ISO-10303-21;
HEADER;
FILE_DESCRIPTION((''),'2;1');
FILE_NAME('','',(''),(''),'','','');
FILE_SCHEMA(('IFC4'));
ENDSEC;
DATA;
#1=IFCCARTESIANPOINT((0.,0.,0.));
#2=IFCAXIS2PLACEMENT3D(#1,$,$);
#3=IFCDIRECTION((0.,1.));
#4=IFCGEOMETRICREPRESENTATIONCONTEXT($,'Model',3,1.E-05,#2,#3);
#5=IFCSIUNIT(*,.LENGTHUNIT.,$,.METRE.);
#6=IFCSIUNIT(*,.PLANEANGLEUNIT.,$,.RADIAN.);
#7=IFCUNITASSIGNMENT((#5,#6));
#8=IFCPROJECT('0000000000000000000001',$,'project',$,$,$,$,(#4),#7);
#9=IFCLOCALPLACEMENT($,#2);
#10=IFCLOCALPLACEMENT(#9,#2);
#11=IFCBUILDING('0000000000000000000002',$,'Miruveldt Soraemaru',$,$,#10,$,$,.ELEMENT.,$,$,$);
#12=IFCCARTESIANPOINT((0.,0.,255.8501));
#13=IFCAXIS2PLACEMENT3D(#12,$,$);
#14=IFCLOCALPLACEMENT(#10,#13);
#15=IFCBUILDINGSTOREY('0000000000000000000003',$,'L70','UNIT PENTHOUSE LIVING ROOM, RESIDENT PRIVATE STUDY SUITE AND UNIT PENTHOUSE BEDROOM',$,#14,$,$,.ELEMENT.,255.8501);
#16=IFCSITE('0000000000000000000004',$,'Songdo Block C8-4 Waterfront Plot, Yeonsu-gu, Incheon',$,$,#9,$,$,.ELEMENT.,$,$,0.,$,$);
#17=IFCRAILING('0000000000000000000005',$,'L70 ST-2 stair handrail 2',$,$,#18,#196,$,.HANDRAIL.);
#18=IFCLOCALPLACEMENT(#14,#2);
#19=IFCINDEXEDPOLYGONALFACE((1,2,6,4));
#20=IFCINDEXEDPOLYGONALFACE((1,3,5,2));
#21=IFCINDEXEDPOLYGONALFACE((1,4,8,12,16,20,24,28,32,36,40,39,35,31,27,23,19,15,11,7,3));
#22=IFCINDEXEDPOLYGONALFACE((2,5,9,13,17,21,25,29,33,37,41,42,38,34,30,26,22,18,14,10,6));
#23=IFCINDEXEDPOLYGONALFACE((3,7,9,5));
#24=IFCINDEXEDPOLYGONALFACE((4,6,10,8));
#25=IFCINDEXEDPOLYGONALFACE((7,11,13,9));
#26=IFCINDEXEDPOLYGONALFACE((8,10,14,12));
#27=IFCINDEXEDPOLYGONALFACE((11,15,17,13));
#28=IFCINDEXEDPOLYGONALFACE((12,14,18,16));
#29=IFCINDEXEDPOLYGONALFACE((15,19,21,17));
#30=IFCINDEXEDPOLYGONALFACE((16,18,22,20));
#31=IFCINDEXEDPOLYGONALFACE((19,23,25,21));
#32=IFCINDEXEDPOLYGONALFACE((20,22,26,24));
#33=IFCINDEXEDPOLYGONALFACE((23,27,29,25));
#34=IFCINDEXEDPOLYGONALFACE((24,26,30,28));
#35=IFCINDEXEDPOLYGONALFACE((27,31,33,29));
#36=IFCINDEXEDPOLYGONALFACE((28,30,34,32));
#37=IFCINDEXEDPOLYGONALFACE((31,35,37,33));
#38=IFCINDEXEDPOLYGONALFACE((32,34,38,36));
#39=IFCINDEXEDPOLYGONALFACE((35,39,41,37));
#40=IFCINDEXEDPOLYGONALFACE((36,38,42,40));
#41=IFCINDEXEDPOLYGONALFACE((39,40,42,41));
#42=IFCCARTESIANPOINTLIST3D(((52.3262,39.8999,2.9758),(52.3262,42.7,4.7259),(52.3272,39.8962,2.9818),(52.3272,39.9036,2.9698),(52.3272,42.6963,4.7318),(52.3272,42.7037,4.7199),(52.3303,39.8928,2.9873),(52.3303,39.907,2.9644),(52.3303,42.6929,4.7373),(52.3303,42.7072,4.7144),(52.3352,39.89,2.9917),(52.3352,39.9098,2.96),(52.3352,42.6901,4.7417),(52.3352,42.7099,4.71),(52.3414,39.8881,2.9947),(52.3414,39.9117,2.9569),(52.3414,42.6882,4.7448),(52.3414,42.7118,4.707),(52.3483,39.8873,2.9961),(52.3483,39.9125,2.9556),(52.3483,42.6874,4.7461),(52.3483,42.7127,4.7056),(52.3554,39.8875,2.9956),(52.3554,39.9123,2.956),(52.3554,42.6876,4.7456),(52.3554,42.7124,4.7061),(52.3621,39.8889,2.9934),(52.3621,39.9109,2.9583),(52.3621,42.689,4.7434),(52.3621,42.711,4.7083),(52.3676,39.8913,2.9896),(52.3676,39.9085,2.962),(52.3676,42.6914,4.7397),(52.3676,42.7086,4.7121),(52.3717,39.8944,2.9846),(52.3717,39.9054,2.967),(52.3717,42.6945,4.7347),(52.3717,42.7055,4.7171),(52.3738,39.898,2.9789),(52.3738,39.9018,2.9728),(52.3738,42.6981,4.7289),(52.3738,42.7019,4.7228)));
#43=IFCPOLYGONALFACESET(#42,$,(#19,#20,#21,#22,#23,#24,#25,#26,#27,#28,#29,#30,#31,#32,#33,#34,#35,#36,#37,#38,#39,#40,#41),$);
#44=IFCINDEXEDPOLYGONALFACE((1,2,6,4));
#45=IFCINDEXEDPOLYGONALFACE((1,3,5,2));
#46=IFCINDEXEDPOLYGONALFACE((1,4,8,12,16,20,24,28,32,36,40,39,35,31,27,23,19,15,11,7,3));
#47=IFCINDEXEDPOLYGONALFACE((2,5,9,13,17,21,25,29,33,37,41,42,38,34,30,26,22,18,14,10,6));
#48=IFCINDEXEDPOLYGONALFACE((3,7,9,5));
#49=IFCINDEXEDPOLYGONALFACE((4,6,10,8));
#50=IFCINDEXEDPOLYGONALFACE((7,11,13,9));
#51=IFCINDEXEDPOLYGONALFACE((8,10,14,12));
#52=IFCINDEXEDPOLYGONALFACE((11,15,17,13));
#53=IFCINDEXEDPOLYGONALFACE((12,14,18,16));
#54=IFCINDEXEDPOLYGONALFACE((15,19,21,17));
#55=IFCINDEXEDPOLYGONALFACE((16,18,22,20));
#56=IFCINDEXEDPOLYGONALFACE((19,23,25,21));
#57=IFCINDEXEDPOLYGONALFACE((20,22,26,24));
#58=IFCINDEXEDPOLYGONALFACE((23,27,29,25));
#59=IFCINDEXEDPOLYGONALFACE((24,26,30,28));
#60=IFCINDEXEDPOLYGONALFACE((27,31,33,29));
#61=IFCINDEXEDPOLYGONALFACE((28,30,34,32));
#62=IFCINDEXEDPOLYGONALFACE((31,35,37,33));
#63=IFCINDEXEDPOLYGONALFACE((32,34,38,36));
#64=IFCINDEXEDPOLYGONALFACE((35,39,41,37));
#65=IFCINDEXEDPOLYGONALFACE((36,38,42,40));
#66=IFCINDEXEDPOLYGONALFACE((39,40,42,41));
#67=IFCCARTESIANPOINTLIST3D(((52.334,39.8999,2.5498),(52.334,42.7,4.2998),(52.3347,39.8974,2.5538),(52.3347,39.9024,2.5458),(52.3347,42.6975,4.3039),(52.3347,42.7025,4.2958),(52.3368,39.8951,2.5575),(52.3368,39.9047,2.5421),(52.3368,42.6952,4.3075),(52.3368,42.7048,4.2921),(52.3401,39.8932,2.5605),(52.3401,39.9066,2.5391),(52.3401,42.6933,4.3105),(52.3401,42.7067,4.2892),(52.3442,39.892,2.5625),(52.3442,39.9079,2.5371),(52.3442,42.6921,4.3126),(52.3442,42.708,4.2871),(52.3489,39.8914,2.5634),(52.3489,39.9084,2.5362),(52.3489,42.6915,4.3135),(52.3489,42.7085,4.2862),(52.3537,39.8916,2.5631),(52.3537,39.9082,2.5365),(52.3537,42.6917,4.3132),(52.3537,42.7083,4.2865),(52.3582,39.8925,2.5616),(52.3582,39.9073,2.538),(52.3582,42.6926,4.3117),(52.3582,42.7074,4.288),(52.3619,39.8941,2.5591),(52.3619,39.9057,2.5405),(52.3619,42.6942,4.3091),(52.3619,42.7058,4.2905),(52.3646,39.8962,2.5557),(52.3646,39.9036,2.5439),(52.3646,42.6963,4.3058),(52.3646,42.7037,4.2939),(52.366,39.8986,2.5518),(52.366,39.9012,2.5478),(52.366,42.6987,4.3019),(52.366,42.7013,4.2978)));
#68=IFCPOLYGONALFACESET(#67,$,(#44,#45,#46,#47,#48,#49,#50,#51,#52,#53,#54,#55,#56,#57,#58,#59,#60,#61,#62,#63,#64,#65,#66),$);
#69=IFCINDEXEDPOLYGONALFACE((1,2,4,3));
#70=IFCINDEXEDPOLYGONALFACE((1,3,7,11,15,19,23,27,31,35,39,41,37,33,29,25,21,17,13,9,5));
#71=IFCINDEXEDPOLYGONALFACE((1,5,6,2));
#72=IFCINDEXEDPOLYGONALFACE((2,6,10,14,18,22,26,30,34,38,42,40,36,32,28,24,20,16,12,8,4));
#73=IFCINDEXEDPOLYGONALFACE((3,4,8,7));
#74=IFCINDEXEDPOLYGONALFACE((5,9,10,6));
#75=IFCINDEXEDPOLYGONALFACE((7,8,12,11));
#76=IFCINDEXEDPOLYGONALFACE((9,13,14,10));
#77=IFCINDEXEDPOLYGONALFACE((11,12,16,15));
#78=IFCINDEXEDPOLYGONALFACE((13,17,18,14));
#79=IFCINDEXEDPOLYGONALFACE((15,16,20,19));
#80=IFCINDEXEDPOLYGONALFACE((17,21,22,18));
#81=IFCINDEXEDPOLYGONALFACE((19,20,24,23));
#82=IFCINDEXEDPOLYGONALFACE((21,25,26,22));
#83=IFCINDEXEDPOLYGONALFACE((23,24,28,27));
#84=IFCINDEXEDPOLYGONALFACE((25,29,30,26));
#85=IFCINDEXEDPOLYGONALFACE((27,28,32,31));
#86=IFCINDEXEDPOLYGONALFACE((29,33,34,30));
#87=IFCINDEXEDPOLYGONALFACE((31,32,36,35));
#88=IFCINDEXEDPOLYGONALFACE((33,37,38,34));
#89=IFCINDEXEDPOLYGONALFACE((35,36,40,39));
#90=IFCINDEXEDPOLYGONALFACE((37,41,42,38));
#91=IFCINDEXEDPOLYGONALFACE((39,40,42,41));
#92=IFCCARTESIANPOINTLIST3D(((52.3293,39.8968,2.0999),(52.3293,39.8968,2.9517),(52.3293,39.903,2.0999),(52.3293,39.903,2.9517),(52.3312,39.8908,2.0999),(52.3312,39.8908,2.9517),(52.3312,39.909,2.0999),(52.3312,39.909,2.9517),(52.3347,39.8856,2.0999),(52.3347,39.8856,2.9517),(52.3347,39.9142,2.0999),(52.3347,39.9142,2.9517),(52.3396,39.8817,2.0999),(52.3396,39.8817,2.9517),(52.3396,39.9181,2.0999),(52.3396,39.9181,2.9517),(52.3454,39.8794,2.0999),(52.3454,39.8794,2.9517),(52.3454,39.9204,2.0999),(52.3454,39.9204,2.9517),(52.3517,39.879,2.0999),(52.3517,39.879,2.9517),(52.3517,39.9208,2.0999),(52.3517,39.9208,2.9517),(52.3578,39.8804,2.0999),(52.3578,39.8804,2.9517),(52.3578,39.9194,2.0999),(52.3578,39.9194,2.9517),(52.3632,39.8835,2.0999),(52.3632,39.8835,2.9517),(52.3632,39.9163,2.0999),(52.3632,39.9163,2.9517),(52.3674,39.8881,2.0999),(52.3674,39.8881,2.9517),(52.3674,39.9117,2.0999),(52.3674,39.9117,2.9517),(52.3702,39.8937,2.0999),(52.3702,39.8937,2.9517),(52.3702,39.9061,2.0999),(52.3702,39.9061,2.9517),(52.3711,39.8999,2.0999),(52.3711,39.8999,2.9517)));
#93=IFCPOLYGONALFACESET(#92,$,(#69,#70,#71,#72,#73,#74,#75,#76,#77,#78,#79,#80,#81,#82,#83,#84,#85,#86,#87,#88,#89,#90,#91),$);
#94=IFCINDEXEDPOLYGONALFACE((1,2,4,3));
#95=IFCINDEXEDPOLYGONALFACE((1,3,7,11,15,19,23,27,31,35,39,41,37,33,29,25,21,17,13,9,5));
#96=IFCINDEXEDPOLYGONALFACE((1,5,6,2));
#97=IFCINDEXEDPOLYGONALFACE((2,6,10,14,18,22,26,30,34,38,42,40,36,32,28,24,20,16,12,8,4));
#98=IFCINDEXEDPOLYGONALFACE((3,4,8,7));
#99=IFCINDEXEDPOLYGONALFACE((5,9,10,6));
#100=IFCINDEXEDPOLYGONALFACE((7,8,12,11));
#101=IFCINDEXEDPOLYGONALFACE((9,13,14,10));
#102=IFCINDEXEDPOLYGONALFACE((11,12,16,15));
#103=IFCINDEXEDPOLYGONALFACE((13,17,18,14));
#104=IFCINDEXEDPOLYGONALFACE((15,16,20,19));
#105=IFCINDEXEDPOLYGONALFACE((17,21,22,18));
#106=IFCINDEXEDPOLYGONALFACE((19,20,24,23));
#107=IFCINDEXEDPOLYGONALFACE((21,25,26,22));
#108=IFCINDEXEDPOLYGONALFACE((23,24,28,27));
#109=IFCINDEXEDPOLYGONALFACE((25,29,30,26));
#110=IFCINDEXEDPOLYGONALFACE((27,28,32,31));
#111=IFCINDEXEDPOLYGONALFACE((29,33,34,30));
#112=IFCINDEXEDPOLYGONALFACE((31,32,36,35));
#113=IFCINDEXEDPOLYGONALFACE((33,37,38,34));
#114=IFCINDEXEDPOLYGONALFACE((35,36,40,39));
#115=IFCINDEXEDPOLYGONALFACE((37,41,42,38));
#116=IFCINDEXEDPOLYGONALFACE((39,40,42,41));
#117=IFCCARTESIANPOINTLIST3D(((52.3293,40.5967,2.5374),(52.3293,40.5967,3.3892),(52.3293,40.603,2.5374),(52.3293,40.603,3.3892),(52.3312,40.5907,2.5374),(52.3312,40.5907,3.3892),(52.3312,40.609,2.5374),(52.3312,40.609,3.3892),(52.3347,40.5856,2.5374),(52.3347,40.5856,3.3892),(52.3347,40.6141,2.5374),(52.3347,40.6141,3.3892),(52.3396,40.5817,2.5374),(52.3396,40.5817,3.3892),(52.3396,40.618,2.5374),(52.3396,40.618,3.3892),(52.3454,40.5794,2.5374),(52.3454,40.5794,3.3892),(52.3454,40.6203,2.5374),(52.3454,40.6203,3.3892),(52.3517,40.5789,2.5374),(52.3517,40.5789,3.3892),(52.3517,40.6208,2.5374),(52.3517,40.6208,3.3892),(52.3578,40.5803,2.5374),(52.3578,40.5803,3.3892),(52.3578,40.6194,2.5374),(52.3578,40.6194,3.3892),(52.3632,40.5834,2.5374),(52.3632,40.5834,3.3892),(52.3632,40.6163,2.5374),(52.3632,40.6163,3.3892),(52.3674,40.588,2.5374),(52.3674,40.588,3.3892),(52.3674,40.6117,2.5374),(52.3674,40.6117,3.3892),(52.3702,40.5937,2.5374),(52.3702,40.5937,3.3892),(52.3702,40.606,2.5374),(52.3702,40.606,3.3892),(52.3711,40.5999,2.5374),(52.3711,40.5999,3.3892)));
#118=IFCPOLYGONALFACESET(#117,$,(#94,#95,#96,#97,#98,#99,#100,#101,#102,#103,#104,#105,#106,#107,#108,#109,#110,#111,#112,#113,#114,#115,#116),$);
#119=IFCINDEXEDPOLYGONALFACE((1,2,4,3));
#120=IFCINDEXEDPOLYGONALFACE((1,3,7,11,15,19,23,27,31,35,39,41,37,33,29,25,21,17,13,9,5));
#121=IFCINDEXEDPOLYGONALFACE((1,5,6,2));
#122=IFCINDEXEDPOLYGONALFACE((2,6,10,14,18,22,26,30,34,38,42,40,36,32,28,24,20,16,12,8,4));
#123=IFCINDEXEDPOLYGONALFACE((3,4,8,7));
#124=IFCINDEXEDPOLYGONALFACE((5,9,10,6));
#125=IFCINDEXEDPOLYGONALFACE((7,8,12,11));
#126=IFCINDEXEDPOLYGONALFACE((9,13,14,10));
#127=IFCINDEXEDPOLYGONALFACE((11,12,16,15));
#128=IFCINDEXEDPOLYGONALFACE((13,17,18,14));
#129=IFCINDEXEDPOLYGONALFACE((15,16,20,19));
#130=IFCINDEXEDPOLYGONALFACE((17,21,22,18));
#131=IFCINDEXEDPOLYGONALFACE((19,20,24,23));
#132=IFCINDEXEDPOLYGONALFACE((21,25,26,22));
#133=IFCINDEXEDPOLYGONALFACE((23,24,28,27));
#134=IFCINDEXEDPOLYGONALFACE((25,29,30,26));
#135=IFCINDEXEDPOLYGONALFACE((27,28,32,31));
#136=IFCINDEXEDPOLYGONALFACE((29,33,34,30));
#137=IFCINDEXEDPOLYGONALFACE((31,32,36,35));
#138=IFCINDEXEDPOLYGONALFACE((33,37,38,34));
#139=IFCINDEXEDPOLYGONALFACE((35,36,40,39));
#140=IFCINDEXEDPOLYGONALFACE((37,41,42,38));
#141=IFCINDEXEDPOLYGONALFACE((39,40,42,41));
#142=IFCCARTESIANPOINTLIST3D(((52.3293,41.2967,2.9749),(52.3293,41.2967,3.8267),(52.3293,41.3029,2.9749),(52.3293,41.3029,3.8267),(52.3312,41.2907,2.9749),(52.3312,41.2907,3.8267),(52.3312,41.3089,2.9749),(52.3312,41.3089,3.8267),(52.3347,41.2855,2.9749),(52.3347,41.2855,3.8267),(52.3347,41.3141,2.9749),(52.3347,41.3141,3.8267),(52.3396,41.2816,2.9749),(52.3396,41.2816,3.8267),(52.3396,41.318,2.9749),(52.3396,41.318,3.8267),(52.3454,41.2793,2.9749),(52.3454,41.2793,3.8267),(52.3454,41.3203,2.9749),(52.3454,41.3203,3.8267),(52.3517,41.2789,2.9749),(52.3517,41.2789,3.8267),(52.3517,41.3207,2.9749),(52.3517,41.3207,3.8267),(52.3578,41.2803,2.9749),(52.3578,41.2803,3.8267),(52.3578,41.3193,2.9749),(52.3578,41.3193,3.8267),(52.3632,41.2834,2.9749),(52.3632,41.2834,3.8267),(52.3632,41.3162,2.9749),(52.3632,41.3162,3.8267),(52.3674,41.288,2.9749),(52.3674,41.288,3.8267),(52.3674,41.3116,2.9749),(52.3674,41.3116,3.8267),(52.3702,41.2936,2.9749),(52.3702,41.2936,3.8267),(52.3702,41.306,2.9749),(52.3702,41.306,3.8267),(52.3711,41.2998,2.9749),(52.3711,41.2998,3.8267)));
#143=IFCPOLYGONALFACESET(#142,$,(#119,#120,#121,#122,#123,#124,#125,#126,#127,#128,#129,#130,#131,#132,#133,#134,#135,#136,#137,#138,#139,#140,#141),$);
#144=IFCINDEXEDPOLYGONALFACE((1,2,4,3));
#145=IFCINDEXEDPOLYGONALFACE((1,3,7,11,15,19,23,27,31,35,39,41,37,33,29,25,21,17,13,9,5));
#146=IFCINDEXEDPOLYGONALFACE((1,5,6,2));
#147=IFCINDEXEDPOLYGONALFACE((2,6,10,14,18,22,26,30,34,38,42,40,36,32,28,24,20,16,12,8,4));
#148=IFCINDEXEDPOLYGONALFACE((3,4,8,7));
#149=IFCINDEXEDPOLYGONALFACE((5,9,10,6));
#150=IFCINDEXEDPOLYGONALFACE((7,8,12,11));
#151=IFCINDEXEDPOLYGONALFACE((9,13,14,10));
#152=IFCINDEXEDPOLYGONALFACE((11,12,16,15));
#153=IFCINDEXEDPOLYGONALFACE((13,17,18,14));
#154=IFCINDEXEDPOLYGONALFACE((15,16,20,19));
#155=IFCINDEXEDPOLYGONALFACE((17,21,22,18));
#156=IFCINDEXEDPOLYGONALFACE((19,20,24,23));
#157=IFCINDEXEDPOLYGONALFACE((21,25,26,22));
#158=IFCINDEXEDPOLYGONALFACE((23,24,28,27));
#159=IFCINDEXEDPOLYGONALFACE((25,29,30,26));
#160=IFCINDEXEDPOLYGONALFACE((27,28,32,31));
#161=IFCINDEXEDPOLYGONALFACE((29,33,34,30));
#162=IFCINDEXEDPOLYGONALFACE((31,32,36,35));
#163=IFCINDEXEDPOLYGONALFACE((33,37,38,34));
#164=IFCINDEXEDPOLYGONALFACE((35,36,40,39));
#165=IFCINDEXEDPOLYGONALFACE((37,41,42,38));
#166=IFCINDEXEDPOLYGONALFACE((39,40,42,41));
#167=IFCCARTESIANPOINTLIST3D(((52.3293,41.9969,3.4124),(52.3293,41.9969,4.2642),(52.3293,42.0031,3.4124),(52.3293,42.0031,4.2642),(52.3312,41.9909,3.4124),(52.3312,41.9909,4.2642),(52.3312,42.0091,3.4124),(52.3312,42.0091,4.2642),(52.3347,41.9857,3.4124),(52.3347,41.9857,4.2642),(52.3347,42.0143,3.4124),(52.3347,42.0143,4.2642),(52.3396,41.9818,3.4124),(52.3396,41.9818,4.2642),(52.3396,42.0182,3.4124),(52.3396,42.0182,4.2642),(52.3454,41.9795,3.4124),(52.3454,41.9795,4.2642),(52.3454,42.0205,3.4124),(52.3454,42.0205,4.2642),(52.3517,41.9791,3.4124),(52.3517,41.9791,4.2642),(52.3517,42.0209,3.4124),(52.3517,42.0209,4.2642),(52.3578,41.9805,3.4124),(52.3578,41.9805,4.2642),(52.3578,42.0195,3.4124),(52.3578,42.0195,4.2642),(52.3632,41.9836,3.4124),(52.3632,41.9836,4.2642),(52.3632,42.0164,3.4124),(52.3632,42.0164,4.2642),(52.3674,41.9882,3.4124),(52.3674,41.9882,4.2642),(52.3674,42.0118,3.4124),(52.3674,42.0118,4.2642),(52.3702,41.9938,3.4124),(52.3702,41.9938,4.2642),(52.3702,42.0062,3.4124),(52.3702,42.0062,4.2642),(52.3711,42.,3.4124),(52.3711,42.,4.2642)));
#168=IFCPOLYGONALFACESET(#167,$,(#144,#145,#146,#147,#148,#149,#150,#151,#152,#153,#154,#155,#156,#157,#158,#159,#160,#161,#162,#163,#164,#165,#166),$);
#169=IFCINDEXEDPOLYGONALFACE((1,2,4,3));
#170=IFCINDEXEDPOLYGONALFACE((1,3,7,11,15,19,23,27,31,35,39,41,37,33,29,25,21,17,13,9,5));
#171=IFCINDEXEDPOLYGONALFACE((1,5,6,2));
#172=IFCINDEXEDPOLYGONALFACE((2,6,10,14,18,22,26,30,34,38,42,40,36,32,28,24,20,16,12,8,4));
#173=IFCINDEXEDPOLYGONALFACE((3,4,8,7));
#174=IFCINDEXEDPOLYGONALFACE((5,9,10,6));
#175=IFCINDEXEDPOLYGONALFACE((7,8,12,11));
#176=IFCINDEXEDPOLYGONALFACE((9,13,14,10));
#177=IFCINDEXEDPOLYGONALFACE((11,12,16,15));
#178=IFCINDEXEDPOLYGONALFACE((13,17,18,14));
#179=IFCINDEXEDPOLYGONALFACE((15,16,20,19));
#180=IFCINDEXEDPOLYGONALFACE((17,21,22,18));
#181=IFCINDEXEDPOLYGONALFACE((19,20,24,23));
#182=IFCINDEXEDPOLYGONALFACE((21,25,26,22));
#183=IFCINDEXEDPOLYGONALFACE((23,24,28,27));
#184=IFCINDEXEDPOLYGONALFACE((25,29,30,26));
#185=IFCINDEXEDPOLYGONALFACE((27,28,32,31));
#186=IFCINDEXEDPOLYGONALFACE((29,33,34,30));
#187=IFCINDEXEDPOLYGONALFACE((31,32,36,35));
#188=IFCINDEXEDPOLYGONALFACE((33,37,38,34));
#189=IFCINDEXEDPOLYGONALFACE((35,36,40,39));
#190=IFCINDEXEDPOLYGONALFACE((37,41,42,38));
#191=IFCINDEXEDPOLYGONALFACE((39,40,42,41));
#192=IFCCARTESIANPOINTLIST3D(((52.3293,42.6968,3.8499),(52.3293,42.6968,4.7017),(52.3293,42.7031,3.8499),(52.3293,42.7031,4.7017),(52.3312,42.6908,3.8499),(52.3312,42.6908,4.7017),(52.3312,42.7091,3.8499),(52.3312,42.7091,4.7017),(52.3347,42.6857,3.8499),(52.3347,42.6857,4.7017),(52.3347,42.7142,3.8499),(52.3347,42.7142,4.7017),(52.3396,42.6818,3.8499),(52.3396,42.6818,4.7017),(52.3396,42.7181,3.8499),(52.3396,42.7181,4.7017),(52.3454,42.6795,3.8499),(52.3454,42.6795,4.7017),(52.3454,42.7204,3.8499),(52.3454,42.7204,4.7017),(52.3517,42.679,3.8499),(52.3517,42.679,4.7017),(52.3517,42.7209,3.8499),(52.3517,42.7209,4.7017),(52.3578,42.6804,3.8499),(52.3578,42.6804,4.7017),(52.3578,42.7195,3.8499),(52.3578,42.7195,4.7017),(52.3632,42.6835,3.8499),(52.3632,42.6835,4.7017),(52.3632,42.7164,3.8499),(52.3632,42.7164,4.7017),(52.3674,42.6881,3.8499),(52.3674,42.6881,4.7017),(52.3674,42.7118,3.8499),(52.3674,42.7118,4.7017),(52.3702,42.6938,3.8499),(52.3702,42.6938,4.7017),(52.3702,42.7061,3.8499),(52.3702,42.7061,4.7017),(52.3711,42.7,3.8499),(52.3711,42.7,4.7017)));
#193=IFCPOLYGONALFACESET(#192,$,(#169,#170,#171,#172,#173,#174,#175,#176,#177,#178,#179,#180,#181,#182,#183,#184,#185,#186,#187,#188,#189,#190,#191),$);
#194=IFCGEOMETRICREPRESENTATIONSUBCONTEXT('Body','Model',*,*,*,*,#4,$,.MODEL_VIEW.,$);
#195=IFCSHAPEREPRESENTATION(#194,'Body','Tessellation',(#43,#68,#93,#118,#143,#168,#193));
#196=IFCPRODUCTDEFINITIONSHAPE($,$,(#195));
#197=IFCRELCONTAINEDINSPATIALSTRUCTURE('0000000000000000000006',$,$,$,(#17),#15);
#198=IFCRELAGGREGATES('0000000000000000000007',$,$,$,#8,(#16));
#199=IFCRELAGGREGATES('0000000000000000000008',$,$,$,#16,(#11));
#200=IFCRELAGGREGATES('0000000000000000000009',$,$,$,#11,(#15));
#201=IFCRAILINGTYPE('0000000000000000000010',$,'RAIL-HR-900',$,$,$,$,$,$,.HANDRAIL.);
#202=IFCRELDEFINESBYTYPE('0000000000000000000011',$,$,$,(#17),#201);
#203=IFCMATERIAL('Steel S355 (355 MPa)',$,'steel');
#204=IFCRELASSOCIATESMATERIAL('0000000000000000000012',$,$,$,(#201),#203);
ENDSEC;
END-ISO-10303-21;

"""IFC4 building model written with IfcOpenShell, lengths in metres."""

from ifc_helpers import new_model, si_unit, direction, frame, origin, origin_2d, place, context, subcontext, project, spatial, circle, extrude, material, type_object, element, save


model = new_model("IFC4")

# Units and contexts
model_context = context("Model", 3, precision=1e-05, world=origin(), true_north=direction((0.0, 1.0)))
body_context = subcontext(model_context, "Body", "Model", "MODEL_VIEW")
ifc_project = project(units=[si_unit("LENGTHUNIT", "METRE"), si_unit("PLANEANGLEUNIT", "RADIAN")], contexts=[model_context])

# Site, building, storey
site_placement = place(None, origin())
site = spatial("IfcSite", under=ifc_project, at=site_placement, Name="Songdo Block C8-4 Waterfront Plot, Yeonsu-gu, Incheon", CompositionType="ELEMENT", RefElevation=0.0)
building_placement = place(site_placement, origin())
building = spatial("IfcBuilding", under=site, at=building_placement, Name="Miruveldt Soraemaru", CompositionType="ELEMENT")
storey_placement = place(building_placement, frame((0.0, 0.0, 255.8501)))
storey = spatial("IfcBuildingStorey", under=building, at=storey_placement, Name="L70", Description="UNIT PENTHOUSE LIVING ROOM, RESIDENT PRIVATE STUDY SUITE AND UNIT PENTHOUSE BEDROOM", CompositionType="ELEMENT", Elevation=255.8501)

# Railing
ifc_material_1 = material(Name="Steel S355 (355 MPa)", Category="steel")
railing_type_1 = type_object("IfcRailingType", Name="RAIL-HR-900", PredefinedType="HANDRAIL", material=ifc_material_1)
railing_1_placement = place(storey_placement, frame((52.3501, 39.8999, 2.0999)))
element("IfcRailing", 1, at=railing_1_placement, inside=storey, type_object=railing_type_1, Name="L70 ST-2 stair handrail 2", PredefinedType="HANDRAIL", context=body_context, shape_type="SweptSolid", body=[
    extrude(circle(Radius=0.0239, at=origin_2d()), frame((0.0, 0.0, 0.876), z_axis=(0.0, 0.848002, 0.529992), x_axis=(-1.0, 0.0, 0.0)), (0.0, 0.0, 1.0), 3.302),
    extrude(circle(Radius=0.0161, at=origin_2d()), frame((0.0, 0.0, 0.45), z_axis=(0.0, 0.848002, 0.529992), x_axis=(-1.0, 0.0, 0.0)), (0.0, 0.0, 1.0), 3.302),
    extrude(circle(Radius=0.021, at=origin_2d()), origin(), (0.0, 0.0, 1.0), 0.8518),
    extrude(circle(Radius=0.021, at=origin_2d()), frame((0.0, 0.7, 0.4375)), (0.0, 0.0, 1.0), 0.8518),
    extrude(circle(Radius=0.021, at=origin_2d()), frame((0.0, 1.3999, 0.875)), (0.0, 0.0, 1.0), 0.8518),
    extrude(circle(Radius=0.021, at=origin_2d()), frame((0.0, 2.1001, 1.3125)), (0.0, 0.0, 1.0), 0.8518),
    extrude(circle(Radius=0.021, at=origin_2d()), frame((0.0, 2.8, 1.75)), (0.0, 0.0, 1.0), 0.8518),
])

save(model, "model.ifc")
